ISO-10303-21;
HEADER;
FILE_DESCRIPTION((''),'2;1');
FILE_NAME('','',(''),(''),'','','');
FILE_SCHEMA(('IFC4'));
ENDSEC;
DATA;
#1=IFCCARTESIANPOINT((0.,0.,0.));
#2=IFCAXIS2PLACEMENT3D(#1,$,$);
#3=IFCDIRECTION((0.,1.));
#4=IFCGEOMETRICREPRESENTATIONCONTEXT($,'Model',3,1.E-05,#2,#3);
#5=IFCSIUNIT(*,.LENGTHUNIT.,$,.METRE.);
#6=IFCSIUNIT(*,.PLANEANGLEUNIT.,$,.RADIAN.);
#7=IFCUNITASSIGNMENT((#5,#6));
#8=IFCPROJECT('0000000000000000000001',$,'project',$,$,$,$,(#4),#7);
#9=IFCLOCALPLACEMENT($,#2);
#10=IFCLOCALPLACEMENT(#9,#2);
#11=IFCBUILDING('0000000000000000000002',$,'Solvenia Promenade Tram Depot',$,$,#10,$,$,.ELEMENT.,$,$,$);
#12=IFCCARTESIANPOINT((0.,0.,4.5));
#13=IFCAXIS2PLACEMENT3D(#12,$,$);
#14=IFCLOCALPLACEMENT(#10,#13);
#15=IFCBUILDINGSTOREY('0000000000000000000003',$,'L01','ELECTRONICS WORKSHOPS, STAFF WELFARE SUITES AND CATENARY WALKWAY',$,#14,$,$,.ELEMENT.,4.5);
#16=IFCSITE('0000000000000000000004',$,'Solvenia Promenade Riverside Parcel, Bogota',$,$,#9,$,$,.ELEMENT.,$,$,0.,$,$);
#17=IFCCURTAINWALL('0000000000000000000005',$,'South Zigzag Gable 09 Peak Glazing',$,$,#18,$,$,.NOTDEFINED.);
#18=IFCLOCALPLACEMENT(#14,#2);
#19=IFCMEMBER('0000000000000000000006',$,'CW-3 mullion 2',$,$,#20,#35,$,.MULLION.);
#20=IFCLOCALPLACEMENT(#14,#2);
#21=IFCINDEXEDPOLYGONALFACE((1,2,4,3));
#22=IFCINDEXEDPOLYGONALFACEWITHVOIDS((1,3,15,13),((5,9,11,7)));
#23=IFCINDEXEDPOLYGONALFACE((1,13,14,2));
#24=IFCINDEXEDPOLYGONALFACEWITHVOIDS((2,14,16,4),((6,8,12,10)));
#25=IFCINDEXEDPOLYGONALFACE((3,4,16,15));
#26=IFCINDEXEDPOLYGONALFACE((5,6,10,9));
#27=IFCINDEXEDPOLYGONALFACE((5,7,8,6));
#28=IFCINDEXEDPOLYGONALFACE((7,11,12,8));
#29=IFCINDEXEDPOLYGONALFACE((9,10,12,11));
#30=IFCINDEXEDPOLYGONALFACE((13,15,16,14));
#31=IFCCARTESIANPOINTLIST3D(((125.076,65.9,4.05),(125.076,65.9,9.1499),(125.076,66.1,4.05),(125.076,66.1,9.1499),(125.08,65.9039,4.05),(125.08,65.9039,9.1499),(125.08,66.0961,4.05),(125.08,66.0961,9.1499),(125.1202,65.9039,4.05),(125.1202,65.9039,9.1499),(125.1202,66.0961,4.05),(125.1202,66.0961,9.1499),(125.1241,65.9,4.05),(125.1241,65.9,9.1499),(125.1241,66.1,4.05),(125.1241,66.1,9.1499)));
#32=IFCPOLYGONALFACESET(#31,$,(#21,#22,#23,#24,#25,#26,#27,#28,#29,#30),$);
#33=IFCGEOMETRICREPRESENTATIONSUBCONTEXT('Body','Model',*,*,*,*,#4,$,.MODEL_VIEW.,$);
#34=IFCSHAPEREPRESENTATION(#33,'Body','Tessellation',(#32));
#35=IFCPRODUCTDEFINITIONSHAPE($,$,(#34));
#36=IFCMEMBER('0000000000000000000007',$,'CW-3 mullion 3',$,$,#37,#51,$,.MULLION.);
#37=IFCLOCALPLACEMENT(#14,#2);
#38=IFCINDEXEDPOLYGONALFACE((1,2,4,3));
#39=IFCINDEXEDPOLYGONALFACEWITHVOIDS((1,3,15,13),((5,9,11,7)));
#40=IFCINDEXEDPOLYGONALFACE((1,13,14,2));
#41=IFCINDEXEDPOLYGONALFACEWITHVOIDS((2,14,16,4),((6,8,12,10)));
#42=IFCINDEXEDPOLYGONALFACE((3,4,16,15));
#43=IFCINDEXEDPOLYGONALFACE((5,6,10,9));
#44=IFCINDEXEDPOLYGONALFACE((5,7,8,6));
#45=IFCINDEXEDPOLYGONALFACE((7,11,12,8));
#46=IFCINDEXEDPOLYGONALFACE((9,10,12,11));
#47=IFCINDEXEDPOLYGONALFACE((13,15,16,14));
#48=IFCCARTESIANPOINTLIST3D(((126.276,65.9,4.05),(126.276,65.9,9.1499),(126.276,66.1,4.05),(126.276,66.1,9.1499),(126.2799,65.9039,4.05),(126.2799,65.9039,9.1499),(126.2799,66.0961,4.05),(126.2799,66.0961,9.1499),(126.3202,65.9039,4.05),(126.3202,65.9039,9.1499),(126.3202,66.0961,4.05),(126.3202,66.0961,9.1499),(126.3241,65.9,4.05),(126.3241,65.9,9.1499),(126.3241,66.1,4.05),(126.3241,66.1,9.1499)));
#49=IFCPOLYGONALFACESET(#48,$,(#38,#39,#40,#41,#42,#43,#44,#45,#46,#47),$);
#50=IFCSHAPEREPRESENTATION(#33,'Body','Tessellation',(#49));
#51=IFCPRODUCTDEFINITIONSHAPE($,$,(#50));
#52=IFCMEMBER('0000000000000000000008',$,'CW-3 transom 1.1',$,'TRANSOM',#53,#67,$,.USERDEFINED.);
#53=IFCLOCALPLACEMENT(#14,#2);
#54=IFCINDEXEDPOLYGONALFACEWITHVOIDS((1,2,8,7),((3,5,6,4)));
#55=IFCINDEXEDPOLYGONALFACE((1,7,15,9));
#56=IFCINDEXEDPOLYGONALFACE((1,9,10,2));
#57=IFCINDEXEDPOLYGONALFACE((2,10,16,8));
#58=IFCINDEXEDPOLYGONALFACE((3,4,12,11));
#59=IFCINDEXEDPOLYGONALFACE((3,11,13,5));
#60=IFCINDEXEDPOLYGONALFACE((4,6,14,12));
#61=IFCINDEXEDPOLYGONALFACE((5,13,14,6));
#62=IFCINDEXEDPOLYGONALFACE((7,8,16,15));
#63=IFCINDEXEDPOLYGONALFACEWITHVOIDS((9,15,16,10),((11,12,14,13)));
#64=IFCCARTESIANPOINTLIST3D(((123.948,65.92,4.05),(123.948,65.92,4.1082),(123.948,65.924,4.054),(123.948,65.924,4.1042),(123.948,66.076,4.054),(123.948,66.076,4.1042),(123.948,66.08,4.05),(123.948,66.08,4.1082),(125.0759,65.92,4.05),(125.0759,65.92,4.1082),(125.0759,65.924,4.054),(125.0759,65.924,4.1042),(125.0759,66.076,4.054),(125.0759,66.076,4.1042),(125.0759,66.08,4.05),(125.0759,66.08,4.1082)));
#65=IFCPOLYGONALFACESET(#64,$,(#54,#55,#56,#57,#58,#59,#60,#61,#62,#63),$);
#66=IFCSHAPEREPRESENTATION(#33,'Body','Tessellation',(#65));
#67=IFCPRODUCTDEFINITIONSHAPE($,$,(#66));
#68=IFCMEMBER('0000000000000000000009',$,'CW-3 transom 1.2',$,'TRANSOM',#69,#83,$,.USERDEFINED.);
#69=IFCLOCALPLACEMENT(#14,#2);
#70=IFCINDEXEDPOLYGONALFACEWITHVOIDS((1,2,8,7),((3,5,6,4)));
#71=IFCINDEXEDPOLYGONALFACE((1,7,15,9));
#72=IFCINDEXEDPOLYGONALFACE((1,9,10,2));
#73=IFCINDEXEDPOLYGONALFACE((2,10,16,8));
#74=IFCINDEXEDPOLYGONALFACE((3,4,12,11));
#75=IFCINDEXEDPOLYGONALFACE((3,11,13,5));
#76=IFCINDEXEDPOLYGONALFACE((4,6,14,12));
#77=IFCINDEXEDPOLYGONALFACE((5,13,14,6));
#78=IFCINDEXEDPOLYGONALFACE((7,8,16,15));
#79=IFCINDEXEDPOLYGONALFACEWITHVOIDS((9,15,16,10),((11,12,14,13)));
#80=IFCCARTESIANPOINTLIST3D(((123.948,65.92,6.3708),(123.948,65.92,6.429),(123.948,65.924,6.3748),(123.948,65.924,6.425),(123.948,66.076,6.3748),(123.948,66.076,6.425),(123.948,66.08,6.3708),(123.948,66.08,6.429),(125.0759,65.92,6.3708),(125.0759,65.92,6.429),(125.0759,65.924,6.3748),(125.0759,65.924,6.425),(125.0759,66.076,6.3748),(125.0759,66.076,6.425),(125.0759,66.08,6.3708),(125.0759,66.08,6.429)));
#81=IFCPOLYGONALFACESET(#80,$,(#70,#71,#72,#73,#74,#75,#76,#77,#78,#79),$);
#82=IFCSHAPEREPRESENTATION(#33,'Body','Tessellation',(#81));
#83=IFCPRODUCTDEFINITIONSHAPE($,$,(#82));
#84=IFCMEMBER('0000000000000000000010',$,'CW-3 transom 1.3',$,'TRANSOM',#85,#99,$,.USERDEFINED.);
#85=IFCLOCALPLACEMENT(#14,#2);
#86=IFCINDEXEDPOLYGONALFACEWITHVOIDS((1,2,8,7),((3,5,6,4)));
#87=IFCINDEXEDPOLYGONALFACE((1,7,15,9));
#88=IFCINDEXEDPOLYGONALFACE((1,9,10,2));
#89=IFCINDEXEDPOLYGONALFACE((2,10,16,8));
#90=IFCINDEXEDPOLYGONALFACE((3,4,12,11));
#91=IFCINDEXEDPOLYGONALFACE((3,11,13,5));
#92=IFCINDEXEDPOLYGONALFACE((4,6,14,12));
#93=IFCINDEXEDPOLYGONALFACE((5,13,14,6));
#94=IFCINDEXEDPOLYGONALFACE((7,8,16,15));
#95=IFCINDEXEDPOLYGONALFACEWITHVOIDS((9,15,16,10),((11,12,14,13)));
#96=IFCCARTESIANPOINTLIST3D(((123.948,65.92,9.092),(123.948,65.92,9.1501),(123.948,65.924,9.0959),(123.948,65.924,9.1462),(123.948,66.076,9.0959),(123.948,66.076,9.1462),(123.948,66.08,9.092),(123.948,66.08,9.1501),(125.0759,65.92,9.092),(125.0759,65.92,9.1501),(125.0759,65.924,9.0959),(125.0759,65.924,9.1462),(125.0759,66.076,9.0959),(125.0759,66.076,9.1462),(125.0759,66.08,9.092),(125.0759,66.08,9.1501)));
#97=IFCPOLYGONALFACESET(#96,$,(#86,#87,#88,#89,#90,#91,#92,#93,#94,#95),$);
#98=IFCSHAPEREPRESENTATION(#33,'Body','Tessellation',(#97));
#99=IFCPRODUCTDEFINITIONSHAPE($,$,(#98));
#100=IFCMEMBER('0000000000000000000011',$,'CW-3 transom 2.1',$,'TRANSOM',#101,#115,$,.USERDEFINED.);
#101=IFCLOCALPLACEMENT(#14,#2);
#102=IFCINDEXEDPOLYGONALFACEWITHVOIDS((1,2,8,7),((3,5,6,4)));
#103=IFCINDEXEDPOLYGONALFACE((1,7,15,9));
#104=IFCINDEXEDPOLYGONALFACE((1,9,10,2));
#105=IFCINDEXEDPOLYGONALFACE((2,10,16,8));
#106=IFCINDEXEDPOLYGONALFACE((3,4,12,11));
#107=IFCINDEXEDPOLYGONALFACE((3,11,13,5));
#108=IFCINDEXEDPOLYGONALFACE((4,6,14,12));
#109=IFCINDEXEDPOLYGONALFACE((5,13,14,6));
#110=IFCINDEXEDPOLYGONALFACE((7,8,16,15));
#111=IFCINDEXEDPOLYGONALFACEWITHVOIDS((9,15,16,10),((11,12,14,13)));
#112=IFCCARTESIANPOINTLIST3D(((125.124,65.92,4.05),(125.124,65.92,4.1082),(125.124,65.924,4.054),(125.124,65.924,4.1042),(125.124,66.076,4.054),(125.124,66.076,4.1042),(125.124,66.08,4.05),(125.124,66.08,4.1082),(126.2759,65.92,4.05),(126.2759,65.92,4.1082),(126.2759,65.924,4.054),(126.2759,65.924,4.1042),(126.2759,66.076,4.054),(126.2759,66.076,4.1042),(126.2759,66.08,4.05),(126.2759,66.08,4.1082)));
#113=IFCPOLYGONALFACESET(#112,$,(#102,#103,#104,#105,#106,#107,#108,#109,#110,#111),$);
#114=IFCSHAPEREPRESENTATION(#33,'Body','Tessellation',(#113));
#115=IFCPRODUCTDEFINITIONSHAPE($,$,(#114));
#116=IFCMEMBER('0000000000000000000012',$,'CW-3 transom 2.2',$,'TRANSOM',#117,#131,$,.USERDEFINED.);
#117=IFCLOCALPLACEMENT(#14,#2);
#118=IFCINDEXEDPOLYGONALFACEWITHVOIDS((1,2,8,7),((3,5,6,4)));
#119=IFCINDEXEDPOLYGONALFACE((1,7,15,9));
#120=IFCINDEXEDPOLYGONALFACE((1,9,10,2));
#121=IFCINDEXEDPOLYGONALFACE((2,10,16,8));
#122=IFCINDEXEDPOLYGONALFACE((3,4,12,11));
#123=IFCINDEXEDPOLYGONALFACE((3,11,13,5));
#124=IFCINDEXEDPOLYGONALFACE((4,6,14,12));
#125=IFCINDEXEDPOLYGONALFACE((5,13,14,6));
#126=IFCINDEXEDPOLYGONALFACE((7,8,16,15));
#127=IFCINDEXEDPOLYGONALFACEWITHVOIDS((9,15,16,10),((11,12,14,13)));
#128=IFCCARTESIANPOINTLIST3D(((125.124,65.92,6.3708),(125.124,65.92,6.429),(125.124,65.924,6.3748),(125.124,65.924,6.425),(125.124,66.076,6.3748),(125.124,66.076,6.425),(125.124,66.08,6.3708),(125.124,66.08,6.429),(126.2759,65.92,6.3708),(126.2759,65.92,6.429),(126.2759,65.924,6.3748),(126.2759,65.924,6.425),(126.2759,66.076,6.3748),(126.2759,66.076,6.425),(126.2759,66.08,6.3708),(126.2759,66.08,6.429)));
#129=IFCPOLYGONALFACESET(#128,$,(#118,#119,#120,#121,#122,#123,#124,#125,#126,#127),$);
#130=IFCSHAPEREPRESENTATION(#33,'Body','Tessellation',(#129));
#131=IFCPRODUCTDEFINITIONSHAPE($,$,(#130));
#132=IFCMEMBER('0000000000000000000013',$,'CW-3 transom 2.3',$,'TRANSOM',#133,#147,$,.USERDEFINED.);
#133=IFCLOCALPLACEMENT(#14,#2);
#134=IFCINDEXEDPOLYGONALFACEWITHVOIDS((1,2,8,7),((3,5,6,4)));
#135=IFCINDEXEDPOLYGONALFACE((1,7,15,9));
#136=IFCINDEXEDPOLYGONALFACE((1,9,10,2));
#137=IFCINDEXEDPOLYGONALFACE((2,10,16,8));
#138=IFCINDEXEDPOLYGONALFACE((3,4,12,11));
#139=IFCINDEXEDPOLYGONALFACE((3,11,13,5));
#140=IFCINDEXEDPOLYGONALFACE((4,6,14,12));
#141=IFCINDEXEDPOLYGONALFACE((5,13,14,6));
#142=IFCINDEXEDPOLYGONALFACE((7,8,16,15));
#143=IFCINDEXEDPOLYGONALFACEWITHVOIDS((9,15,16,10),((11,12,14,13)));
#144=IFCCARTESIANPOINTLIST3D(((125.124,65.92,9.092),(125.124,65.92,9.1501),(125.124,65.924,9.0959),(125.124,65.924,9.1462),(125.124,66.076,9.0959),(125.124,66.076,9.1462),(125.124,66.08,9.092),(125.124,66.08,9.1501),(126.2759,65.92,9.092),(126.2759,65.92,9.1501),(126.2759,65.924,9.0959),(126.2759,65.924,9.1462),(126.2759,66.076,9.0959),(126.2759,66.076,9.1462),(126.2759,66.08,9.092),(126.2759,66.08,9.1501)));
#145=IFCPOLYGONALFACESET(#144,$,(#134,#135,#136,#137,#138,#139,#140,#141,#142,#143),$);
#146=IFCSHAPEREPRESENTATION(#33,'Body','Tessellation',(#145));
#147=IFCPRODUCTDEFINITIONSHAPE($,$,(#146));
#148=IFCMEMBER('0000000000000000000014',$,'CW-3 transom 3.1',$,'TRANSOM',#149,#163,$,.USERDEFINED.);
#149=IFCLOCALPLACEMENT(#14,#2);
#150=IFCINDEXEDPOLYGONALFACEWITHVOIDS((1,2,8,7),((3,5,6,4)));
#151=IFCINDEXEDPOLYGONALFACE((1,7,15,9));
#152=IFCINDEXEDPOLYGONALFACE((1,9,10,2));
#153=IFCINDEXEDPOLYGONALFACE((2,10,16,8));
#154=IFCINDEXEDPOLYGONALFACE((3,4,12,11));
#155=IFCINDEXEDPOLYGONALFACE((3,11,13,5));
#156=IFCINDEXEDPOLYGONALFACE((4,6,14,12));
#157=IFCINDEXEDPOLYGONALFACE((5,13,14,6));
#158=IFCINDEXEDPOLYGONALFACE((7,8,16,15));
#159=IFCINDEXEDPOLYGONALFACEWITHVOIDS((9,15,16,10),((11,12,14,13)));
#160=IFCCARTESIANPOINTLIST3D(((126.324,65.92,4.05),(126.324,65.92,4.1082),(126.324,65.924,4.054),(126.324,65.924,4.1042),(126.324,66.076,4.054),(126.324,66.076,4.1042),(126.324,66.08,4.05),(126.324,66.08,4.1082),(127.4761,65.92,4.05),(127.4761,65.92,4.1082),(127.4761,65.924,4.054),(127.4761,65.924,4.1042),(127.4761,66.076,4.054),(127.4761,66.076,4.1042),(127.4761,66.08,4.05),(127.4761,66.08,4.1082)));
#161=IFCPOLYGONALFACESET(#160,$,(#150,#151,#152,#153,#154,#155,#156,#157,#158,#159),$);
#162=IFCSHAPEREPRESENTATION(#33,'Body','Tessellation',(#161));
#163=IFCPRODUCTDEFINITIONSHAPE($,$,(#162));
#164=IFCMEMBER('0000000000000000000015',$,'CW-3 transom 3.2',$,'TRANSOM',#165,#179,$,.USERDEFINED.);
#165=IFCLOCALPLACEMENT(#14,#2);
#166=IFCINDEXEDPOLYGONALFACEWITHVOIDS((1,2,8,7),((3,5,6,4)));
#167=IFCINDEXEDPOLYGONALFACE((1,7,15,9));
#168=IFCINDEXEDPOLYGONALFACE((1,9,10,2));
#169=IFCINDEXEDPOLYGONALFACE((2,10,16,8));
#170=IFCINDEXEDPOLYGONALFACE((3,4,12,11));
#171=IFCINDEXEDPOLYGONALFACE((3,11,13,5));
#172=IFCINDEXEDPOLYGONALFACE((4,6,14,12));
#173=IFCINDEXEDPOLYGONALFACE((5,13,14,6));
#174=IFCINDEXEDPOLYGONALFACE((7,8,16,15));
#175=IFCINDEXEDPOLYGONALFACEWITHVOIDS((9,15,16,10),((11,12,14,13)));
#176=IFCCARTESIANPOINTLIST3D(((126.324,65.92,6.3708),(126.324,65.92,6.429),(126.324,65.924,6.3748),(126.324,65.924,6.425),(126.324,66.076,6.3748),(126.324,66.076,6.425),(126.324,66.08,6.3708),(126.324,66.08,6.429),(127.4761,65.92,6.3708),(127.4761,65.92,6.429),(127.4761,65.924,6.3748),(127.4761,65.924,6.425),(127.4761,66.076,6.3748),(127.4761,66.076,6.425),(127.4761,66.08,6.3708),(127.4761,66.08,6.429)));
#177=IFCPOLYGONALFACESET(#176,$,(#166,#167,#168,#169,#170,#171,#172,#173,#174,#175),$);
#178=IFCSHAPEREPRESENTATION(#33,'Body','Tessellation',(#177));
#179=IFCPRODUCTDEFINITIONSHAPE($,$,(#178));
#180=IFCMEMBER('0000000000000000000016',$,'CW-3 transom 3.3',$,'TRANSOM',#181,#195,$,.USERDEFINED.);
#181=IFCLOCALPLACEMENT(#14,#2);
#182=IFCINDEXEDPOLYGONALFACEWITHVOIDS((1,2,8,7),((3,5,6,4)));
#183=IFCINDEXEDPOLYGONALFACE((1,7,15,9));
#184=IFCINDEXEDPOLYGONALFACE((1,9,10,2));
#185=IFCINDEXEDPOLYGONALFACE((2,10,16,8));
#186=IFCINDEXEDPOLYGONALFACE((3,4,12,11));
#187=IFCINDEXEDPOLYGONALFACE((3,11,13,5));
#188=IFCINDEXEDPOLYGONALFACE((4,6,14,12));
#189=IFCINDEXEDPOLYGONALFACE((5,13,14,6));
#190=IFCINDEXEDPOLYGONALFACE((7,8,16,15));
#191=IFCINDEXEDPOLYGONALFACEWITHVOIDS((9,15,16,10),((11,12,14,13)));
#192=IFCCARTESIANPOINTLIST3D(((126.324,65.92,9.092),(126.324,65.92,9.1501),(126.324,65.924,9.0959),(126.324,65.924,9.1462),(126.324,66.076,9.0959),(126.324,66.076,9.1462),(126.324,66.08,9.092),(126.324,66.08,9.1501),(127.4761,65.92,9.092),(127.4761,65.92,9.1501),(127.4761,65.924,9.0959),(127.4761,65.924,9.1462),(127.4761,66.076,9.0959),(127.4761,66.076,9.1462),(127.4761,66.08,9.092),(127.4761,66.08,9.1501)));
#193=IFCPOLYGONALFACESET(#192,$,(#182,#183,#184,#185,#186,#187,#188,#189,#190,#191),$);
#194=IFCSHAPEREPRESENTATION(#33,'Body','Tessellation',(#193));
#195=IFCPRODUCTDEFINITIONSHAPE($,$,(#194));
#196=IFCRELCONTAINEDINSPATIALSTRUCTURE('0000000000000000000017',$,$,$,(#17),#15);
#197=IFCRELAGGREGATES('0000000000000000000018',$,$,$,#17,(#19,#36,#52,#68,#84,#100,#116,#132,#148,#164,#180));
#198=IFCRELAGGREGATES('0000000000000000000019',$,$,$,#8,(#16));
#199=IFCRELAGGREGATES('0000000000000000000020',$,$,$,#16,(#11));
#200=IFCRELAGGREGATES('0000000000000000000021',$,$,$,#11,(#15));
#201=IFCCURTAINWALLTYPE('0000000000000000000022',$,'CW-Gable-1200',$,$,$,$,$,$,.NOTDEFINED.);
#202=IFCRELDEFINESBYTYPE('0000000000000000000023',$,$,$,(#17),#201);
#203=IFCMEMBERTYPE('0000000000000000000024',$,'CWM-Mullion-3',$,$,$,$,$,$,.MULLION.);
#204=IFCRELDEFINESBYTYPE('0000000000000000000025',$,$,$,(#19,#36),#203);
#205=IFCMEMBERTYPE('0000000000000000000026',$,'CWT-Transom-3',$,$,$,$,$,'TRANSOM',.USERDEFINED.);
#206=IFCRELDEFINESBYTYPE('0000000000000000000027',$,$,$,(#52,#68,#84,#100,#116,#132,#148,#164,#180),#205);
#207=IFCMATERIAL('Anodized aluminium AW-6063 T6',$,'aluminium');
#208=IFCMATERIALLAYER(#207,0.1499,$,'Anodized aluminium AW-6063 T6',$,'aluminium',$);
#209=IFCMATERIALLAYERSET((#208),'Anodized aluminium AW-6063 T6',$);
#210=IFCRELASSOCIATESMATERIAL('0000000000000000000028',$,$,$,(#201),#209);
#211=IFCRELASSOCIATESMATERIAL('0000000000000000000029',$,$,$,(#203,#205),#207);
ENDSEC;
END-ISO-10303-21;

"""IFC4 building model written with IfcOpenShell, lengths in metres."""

from ifc_helpers import new_model, si_unit, direction, frame, origin, origin_2d, place, context, subcontext, project, spatial, hollow_rectangle, extrude, material, layer, layer_set, material_profile, profile_set, type_object, element, aggregate, save


model = new_model("IFC4")

# Units and contexts
model_context = context("Model", 3, precision=1e-05, world=origin(), true_north=direction((0.0, 1.0)))
body_context = subcontext(model_context, "Body", "Model", "MODEL_VIEW")
ifc_project = project(units=[si_unit("LENGTHUNIT", "METRE"), si_unit("PLANEANGLEUNIT", "RADIAN")], contexts=[model_context])

# Site, building, storey
site_placement = place(None, origin())
site = spatial("IfcSite", under=ifc_project, at=site_placement, Name="Solvenia Promenade Riverside Parcel, Bogota", CompositionType="ELEMENT", RefElevation=0.0)
building_placement = place(site_placement, origin())
building = spatial("IfcBuilding", under=site, at=building_placement, Name="Solvenia Promenade Tram Depot", CompositionType="ELEMENT")
storey_placement = place(building_placement, frame((0.0, 0.0, 4.5)))
storey = spatial("IfcBuildingStorey", under=building, at=storey_placement, Name="L01", Description="ELECTRONICS WORKSHOPS, STAFF WELFARE SUITES AND CATENARY WALKWAY", CompositionType="ELEMENT", Elevation=4.5)

# Curtain wall, members
ifc_material_1 = material(Name="Anodized aluminium AW-6063 T6", Category="aluminium")
ifc_layer_1 = layer(ifc_material_1, 0.1499, Name="Anodized aluminium AW-6063 T6", Category="aluminium")
ifc_layer_set_1 = layer_set([ifc_layer_1], Name="Anodized aluminium AW-6063 T6")
curtain_wall_type = type_object("IfcCurtainWallType", Name="CW-Gable-1200", PredefinedType="NOTDEFINED", material=ifc_layer_set_1)
curtain_wall_placement = place(storey_placement, origin())
curtain_wall = element("IfcCurtainWall", 1, at=curtain_wall_placement, inside=storey, type_object=curtain_wall_type, Name="South Zigzag Gable 09 Peak Glazing", PredefinedType="NOTDEFINED")
ifc_material_profile_1 = material_profile(ifc_material_1, hollow_rectangle(XDim=0.2, YDim=0.0481, WallThickness=0.0039, at=origin_2d()), Name="ALU-M3", Category="aluminium")
ifc_profile_set_1 = profile_set([ifc_material_profile_1], Name="Anodized aluminium AW-6063 T6")
member_type_1 = type_object("IfcMemberType", Name="CWM-Mullion-3", PredefinedType="MULLION", material=ifc_profile_set_1)
member_1_placement = place(storey_placement, frame((125.1001, 66.0, 4.05), z_axis=(0.0, 0.0, 1.0), x_axis=(0.0, 1.0, 0.0)))
member_1 = element("IfcMember", 2, at=member_1_placement, type_object=member_type_1, Name="CW-3 mullion 2", PredefinedType="MULLION", context=body_context, shape_type="SweptSolid", body=[
    extrude(hollow_rectangle(XDim=0.2, YDim=0.0481, WallThickness=0.0039, at=origin_2d()), origin(), (0.0, 0.0, 1.0), 5.0999),
])
member_2_placement = place(storey_placement, frame((126.3, 66.0, 4.05), z_axis=(0.0, 0.0, 1.0), x_axis=(0.0, 1.0, 0.0)))
member_2 = element("IfcMember", 3, at=member_2_placement, type_object=member_type_1, Name="CW-3 mullion 3", PredefinedType="MULLION", context=body_context, shape_type="SweptSolid", body=[
    extrude(hollow_rectangle(XDim=0.2, YDim=0.0481, WallThickness=0.0039, at=origin_2d()), origin(), (0.0, 0.0, 1.0), 5.0999),
])
ifc_material_profile_2 = material_profile(ifc_material_1, hollow_rectangle(XDim=0.1599, YDim=0.0581, WallThickness=0.0039, at=origin_2d()), Name="ALU-T3", Category="aluminium")
ifc_profile_set_2 = profile_set([ifc_material_profile_2], Name="Anodized aluminium AW-6063 T6")
member_type_2 = type_object("IfcMemberType", Name="CWT-Transom-3", ElementType="TRANSOM", PredefinedType="USERDEFINED", material=ifc_profile_set_2)
member_3_placement = place(storey_placement, frame((123.948, 66.0, 4.0791), z_axis=(1.0, 0.0, 0.0), x_axis=(0.0, 1.0, 0.0)))
member_3 = element("IfcMember", 4, at=member_3_placement, type_object=member_type_2, Name="CW-3 transom 1.1", ObjectType="TRANSOM", PredefinedType="USERDEFINED", context=body_context, shape_type="SweptSolid", body=[
    extrude(hollow_rectangle(XDim=0.1599, YDim=0.0581, WallThickness=0.0039, at=origin_2d()), origin(), (0.0, 0.0, 1.0), 1.1279),
])
member_4_placement = place(storey_placement, frame((123.948, 66.0, 6.3999), z_axis=(1.0, 0.0, 0.0), x_axis=(0.0, 1.0, 0.0)))
member_4 = element("IfcMember", 5, at=member_4_placement, type_object=member_type_2, Name="CW-3 transom 1.2", ObjectType="TRANSOM", PredefinedType="USERDEFINED", context=body_context, shape_type="SweptSolid", body=[
    extrude(hollow_rectangle(XDim=0.1599, YDim=0.0581, WallThickness=0.0039, at=origin_2d()), origin(), (0.0, 0.0, 1.0), 1.1279),
])
member_5_placement = place(storey_placement, frame((123.948, 66.0, 9.1211), z_axis=(1.0, 0.0, 0.0), x_axis=(0.0, 1.0, 0.0)))
member_5 = element("IfcMember", 6, at=member_5_placement, type_object=member_type_2, Name="CW-3 transom 1.3", ObjectType="TRANSOM", PredefinedType="USERDEFINED", context=body_context, shape_type="SweptSolid", body=[
    extrude(hollow_rectangle(XDim=0.1599, YDim=0.0581, WallThickness=0.0039, at=origin_2d()), origin(), (0.0, 0.0, 1.0), 1.1279),
])
member_6_placement = place(storey_placement, frame((125.124, 66.0, 4.0791), z_axis=(1.0, 0.0, 0.0), x_axis=(0.0, 1.0, 0.0)))
member_6 = element("IfcMember", 7, at=member_6_placement, type_object=member_type_2, Name="CW-3 transom 2.1", ObjectType="TRANSOM", PredefinedType="USERDEFINED", context=body_context, shape_type="SweptSolid", body=[
    extrude(hollow_rectangle(XDim=0.1599, YDim=0.0581, WallThickness=0.0039, at=origin_2d()), origin(), (0.0, 0.0, 1.0), 1.1519),
])
member_7_placement = place(storey_placement, frame((125.124, 66.0, 6.3999), z_axis=(1.0, 0.0, 0.0), x_axis=(0.0, 1.0, 0.0)))
member_7 = element("IfcMember", 8, at=member_7_placement, type_object=member_type_2, Name="CW-3 transom 2.2", ObjectType="TRANSOM", PredefinedType="USERDEFINED", context=body_context, shape_type="SweptSolid", body=[
    extrude(hollow_rectangle(XDim=0.1599, YDim=0.0581, WallThickness=0.0039, at=origin_2d()), origin(), (0.0, 0.0, 1.0), 1.1519),
])
member_8_placement = place(storey_placement, frame((125.124, 66.0, 9.1211), z_axis=(1.0, 0.0, 0.0), x_axis=(0.0, 1.0, 0.0)))
member_8 = element("IfcMember", 9, at=member_8_placement, type_object=member_type_2, Name="CW-3 transom 2.3", ObjectType="TRANSOM", PredefinedType="USERDEFINED", context=body_context, shape_type="SweptSolid", body=[
    extrude(hollow_rectangle(XDim=0.1599, YDim=0.0581, WallThickness=0.0039, at=origin_2d()), origin(), (0.0, 0.0, 1.0), 1.1519),
])
member_9_placement = place(storey_placement, frame((126.324, 66.0, 4.0791), z_axis=(1.0, 0.0, 0.0), x_axis=(0.0, 1.0, 0.0)))
member_9 = element("IfcMember", 10, at=member_9_placement, type_object=member_type_2, Name="CW-3 transom 3.1", ObjectType="TRANSOM", PredefinedType="USERDEFINED", context=body_context, shape_type="SweptSolid", body=[
    extrude(hollow_rectangle(XDim=0.1599, YDim=0.0581, WallThickness=0.0039, at=origin_2d()), origin(), (0.0, 0.0, 1.0), 1.1521),
])
member_10_placement = place(storey_placement, frame((126.324, 66.0, 6.3999), z_axis=(1.0, 0.0, 0.0), x_axis=(0.0, 1.0, 0.0)))
member_10 = element("IfcMember", 11, at=member_10_placement, type_object=member_type_2, Name="CW-3 transom 3.2", ObjectType="TRANSOM", PredefinedType="USERDEFINED", context=body_context, shape_type="SweptSolid", body=[
    extrude(hollow_rectangle(XDim=0.1599, YDim=0.0581, WallThickness=0.0039, at=origin_2d()), origin(), (0.0, 0.0, 1.0), 1.1521),
])
member_11_placement = place(storey_placement, frame((126.324, 66.0, 9.1211), z_axis=(1.0, 0.0, 0.0), x_axis=(0.0, 1.0, 0.0)))
member_11 = element("IfcMember", 12, at=member_11_placement, type_object=member_type_2, Name="CW-3 transom 3.3", ObjectType="TRANSOM", PredefinedType="USERDEFINED", context=body_context, shape_type="SweptSolid", body=[
    extrude(hollow_rectangle(XDim=0.1599, YDim=0.0581, WallThickness=0.0039, at=origin_2d()), origin(), (0.0, 0.0, 1.0), 1.1521),
])

aggregate(curtain_wall, [member_1, member_2, member_3, member_4, member_5, member_6, member_7, member_8, member_9, member_10, member_11])

save(model, "model.ifc")
